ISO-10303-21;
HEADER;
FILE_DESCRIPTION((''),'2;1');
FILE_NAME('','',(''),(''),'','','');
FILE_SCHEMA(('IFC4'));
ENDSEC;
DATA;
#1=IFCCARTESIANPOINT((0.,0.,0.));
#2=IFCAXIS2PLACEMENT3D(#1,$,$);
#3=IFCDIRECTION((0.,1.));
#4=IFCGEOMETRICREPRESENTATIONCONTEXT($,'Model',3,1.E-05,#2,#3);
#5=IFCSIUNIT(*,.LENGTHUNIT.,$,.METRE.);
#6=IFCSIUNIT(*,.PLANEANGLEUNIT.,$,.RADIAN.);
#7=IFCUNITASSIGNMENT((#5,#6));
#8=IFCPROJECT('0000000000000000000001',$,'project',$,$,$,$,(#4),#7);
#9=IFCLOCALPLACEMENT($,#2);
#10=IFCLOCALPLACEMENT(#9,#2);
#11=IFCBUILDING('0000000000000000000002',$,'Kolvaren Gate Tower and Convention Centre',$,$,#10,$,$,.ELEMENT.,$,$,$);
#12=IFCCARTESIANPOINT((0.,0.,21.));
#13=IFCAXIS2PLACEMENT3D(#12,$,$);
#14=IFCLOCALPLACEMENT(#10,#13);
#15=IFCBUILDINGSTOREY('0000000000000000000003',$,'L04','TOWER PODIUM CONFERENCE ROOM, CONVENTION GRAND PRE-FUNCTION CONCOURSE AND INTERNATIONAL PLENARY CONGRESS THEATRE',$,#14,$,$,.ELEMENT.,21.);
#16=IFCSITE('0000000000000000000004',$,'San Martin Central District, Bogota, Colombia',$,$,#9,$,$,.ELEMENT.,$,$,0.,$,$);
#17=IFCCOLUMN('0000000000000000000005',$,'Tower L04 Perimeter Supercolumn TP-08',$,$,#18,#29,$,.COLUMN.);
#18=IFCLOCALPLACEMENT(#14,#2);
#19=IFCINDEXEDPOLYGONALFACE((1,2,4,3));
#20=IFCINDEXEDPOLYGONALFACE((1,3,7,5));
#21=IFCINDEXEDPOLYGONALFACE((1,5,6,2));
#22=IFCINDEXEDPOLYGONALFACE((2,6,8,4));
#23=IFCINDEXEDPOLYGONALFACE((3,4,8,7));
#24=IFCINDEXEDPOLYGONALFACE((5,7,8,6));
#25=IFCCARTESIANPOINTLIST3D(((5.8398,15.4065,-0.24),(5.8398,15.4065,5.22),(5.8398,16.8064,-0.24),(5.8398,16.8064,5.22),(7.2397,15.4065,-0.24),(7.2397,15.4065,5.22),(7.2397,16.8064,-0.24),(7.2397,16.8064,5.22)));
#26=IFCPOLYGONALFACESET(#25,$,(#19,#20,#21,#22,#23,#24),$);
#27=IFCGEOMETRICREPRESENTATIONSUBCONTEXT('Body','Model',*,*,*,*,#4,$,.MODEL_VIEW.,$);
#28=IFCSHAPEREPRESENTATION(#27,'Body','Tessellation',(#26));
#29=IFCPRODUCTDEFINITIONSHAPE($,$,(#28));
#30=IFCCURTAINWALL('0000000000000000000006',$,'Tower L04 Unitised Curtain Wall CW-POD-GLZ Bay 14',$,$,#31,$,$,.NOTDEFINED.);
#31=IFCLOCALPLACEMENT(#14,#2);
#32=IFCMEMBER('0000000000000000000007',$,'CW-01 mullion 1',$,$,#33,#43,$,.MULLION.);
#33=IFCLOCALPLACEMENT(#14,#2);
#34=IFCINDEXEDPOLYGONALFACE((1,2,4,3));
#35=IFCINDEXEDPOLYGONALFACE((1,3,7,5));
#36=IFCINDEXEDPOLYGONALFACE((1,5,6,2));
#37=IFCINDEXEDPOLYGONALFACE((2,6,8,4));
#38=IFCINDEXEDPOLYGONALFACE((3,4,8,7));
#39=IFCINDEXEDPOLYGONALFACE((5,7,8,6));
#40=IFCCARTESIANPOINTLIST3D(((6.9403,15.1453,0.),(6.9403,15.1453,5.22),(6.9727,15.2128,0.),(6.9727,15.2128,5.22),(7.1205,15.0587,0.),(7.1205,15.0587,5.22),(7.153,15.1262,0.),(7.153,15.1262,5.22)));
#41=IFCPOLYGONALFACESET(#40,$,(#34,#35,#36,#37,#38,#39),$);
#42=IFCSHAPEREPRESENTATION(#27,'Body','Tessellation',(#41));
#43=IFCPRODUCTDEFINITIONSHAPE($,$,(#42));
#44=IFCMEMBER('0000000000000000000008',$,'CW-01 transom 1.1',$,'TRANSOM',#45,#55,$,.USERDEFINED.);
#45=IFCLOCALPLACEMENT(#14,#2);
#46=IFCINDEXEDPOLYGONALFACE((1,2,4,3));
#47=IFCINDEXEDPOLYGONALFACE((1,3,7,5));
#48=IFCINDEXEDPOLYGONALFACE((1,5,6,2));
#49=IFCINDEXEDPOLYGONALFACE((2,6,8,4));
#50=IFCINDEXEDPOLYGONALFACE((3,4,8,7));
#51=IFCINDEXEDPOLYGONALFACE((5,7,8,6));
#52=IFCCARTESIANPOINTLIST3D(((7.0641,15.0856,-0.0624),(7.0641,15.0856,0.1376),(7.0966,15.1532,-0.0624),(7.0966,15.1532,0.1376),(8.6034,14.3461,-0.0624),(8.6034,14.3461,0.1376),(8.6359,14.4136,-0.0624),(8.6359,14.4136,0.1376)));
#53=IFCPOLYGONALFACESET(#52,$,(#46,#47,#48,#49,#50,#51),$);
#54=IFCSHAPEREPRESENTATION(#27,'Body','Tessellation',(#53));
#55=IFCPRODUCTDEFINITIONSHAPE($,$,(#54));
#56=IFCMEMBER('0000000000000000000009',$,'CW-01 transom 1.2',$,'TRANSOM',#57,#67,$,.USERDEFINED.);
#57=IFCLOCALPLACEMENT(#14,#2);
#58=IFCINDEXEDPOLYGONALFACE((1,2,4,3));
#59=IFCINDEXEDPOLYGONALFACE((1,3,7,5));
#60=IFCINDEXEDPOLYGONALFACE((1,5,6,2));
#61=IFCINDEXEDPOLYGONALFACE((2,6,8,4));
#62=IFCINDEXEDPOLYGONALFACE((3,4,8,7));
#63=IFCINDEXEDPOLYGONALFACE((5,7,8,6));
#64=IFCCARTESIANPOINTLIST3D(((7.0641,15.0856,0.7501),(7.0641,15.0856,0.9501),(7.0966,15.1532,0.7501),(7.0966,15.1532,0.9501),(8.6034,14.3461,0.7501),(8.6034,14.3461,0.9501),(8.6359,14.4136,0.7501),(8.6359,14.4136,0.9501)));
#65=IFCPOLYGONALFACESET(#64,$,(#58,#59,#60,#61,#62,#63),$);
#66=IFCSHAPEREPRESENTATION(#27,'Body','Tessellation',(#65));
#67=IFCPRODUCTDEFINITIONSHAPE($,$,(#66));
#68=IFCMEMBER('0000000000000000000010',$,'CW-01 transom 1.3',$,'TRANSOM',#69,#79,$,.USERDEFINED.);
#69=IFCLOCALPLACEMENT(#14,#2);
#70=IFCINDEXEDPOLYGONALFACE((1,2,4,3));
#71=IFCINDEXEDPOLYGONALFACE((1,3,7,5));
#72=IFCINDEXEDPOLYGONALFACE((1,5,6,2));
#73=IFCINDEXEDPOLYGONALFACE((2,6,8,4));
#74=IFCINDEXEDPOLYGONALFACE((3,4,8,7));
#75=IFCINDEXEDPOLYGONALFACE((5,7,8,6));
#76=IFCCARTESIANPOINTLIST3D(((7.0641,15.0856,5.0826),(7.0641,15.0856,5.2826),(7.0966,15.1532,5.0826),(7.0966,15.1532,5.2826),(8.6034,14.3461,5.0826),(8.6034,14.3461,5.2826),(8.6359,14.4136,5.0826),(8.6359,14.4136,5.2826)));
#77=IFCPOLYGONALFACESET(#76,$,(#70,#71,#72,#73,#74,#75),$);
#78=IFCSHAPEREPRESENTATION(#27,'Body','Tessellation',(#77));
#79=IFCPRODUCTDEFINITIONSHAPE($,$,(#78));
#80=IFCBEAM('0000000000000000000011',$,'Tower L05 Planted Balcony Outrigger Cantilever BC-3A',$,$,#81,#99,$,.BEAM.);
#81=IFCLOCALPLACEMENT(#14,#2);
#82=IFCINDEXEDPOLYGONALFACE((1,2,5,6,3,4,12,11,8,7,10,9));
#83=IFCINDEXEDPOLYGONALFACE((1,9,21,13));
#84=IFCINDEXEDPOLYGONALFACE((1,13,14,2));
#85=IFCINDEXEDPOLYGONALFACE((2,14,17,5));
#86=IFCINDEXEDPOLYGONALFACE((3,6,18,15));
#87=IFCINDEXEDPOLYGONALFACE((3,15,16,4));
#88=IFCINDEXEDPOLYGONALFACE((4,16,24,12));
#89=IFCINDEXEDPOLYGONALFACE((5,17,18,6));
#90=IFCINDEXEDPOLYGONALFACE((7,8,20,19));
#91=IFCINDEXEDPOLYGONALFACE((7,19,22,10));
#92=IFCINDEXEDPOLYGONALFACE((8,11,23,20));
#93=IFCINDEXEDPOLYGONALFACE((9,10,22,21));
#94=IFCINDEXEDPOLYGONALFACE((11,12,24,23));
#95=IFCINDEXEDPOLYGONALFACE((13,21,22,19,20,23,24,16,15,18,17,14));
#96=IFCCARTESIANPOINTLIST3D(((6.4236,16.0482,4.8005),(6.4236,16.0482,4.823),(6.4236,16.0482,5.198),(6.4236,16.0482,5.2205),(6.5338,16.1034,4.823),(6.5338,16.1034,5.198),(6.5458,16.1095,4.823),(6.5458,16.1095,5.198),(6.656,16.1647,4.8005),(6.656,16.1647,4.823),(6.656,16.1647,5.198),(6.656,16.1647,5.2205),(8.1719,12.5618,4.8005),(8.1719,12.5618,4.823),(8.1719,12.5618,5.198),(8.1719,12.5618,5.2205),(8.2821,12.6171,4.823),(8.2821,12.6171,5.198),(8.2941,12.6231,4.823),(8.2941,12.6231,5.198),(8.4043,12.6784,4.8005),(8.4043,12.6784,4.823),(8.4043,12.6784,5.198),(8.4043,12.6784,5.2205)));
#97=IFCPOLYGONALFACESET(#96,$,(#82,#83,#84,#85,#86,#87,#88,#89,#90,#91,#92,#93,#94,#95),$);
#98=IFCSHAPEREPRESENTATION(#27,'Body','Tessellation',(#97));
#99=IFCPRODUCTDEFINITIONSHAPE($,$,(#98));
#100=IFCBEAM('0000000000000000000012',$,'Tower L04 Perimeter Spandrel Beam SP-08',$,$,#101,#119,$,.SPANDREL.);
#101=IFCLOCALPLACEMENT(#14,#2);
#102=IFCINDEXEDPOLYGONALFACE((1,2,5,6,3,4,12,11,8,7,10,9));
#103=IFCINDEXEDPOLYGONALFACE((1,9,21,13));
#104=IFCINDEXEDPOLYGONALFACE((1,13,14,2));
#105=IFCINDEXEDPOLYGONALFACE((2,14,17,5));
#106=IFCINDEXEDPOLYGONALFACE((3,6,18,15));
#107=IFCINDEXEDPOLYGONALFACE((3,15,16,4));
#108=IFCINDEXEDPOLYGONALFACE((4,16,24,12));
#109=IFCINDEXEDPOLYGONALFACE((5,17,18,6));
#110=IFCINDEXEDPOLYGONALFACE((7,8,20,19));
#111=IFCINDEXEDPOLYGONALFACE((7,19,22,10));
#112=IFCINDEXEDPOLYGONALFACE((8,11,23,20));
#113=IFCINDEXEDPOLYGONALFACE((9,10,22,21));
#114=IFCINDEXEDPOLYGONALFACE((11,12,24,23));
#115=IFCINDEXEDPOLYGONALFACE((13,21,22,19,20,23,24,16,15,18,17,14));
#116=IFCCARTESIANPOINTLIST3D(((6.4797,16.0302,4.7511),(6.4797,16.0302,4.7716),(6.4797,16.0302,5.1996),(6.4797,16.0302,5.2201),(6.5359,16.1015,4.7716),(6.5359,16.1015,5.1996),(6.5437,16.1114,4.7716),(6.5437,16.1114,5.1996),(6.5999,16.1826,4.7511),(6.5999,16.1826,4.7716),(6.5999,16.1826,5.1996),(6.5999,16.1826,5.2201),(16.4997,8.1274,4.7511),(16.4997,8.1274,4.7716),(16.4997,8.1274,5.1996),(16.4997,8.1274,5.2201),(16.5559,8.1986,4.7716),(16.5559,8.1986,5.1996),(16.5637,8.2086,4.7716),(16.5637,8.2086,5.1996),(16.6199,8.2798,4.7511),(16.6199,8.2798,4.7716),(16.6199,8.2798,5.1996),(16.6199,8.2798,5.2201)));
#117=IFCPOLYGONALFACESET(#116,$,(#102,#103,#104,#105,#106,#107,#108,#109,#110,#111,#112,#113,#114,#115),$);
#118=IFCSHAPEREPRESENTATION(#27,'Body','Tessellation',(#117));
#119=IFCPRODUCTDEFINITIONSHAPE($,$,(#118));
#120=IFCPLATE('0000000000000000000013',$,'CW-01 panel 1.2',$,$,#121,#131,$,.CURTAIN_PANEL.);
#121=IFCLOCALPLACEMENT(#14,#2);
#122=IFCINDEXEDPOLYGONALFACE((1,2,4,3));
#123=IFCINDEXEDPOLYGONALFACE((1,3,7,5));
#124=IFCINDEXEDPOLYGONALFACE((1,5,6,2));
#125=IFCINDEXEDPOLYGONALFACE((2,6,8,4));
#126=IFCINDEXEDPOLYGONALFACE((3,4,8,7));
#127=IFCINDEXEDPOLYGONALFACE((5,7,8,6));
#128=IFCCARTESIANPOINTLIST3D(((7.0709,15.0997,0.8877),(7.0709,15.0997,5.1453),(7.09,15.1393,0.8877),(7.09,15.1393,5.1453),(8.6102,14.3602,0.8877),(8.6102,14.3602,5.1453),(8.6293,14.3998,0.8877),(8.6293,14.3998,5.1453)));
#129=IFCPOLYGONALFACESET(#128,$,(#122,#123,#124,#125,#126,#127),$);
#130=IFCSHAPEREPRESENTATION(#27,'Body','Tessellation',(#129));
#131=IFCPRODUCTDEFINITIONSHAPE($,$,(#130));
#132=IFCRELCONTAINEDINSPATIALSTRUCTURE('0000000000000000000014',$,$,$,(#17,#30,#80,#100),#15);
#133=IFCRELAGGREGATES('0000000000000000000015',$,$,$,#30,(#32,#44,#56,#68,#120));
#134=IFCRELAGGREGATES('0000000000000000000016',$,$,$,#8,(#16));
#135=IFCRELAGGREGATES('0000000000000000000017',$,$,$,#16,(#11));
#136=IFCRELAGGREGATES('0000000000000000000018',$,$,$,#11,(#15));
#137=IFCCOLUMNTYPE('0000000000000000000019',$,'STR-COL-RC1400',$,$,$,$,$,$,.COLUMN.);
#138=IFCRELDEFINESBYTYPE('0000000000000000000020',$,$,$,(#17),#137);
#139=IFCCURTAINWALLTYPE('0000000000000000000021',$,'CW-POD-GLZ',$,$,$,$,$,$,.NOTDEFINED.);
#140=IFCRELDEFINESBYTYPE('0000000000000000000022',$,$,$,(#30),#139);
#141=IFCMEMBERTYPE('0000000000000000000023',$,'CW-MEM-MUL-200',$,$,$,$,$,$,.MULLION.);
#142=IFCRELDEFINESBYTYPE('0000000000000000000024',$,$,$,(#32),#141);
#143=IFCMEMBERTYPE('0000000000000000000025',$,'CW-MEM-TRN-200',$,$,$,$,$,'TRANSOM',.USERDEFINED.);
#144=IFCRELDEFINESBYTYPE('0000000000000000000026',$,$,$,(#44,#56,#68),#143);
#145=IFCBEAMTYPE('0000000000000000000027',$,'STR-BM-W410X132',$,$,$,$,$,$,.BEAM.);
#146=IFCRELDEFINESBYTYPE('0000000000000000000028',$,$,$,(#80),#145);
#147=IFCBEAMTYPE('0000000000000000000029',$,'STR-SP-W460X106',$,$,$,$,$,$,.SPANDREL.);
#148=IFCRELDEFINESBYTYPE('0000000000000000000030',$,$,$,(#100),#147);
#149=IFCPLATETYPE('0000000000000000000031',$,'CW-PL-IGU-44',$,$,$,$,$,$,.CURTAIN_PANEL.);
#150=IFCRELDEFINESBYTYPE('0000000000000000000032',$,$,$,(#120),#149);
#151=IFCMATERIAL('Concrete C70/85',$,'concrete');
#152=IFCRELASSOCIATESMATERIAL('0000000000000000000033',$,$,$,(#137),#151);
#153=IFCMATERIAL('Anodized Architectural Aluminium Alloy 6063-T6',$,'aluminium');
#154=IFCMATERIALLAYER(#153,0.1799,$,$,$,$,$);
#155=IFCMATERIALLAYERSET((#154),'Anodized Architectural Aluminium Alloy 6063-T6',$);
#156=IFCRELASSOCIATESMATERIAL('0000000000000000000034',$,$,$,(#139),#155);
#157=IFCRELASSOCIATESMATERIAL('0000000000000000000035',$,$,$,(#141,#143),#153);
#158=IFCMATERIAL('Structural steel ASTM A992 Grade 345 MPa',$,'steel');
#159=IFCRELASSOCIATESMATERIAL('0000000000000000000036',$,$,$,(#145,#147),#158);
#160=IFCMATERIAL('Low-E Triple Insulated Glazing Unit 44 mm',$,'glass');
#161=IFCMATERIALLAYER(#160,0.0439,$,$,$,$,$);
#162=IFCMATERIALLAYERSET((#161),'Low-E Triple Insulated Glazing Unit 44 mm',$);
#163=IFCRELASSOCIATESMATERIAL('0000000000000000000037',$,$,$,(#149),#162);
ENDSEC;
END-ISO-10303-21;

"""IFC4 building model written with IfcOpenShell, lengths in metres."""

from ifc_helpers import new_model, si_unit, direction, frame, origin, origin_2d, place, context, subcontext, project, spatial, rectangle, i_section, extrude, material, layer, layer_set, material_profile, profile_set, type_object, element, aggregate, save


model = new_model("IFC4")

# Units and contexts
model_context = context("Model", 3, precision=1e-05, world=origin(), true_north=direction((0.0, 1.0)))
body_context = subcontext(model_context, "Body", "Model", "MODEL_VIEW")
ifc_project = project(units=[si_unit("LENGTHUNIT", "METRE"), si_unit("PLANEANGLEUNIT", "RADIAN")], contexts=[model_context])

# Site, building, storey
site_placement = place(None, origin())
site = spatial("IfcSite", under=ifc_project, at=site_placement, Name="San Martin Central District, Bogota, Colombia", CompositionType="ELEMENT", RefElevation=0.0)
building_placement = place(site_placement, origin())
building = spatial("IfcBuilding", under=site, at=building_placement, Name="Kolvaren Gate Tower and Convention Centre", CompositionType="ELEMENT")
storey_placement = place(building_placement, frame((0.0, 0.0, 21.0)))
storey = spatial("IfcBuildingStorey", under=building, at=storey_placement, Name="L04", Description="TOWER PODIUM CONFERENCE ROOM, CONVENTION GRAND PRE-FUNCTION CONCOURSE AND INTERNATIONAL PLENARY CONGRESS THEATRE", CompositionType="ELEMENT", Elevation=21.0)

# Column
ifc_material_1 = material(Name="Concrete C70/85", Category="concrete")
ifc_material_profile_1 = material_profile(ifc_material_1, rectangle(XDim=1.3999, YDim=1.3999, at=origin_2d()), Name="RC-COL-1400X1400")
ifc_profile_set_1 = profile_set([ifc_material_profile_1], Name="Concrete C70/85")
column_type = type_object("IfcColumnType", Name="STR-COL-RC1400", PredefinedType="COLUMN", material=ifc_profile_set_1)
column_placement = place(storey_placement, frame((6.5398, 16.1064, -0.24), z_axis=(0.0, 0.0, 1.0), x_axis=(1.0, 0.0, 0.0)))
element("IfcColumn", 1, at=column_placement, inside=storey, type_object=column_type, Name="Tower L04 Perimeter Supercolumn TP-08", PredefinedType="COLUMN", context=body_context, shape_type="SweptSolid", body=[
    extrude(rectangle(XDim=1.3999, YDim=1.3999, at=origin_2d()), origin(), (0.0, 0.0, 1.0), 5.46),
])

# Curtain wall, members
ifc_material_2 = material(Name="Anodized Architectural Aluminium Alloy 6063-T6", Category="aluminium")
ifc_layer_1 = layer(ifc_material_2, 0.1799)
ifc_layer_set_1 = layer_set([ifc_layer_1], Name="Anodized Architectural Aluminium Alloy 6063-T6")
curtain_wall_type = type_object("IfcCurtainWallType", Name="CW-POD-GLZ", PredefinedType="NOTDEFINED", material=ifc_layer_set_1)
curtain_wall_placement = place(storey_placement, origin())
curtain_wall = element("IfcCurtainWall", 2, at=curtain_wall_placement, inside=storey, type_object=curtain_wall_type, Name="Tower L04 Unitised Curtain Wall CW-POD-GLZ Bay 14", PredefinedType="NOTDEFINED")
ifc_material_profile_2 = material_profile(ifc_material_2, rectangle(XDim=0.075, YDim=0.2, at=origin_2d()), Name="CW-MEM-MUL-200")
ifc_profile_set_2 = profile_set([ifc_material_profile_2], Name="Anodized Architectural Aluminium Alloy 6063-T6")
member_type_1 = type_object("IfcMemberType", Name="CW-MEM-MUL-200", PredefinedType="MULLION", material=ifc_profile_set_2)
member_1_placement = place(storey_placement, frame((7.0466, 15.1357, 0.0), z_axis=(0.0, 0.0, 1.0), x_axis=(0.433057, 0.901367, 0.0)))
member_1 = element("IfcMember", 3, at=member_1_placement, type_object=member_type_1, Name="CW-01 mullion 1", PredefinedType="MULLION", context=body_context, shape_type="SweptSolid", body=[
    extrude(rectangle(XDim=0.075, YDim=0.2, at=origin_2d()), origin(), (0.0, 0.0, 1.0), 5.22),
])
ifc_material_profile_3 = material_profile(ifc_material_2, rectangle(XDim=0.075, YDim=0.2, at=origin_2d()), Name="CW-MEM-TRN-200")
ifc_profile_set_3 = profile_set([ifc_material_profile_3], Name="Anodized Architectural Aluminium Alloy 6063-T6")
member_type_2 = type_object("IfcMemberType", Name="CW-MEM-TRN-200", ElementType="TRANSOM", PredefinedType="USERDEFINED", material=ifc_profile_set_3)
member_2_placement = place(storey_placement, frame((7.0803, 15.1194, 0.0376), z_axis=(0.901378, -0.433033, 0.0), x_axis=(0.433033, 0.901378, 0.0)))
member_2 = element("IfcMember", 4, at=member_2_placement, type_object=member_type_2, Name="CW-01 transom 1.1", ObjectType="TRANSOM", PredefinedType="USERDEFINED", context=body_context, shape_type="SweptSolid", body=[
    extrude(rectangle(XDim=0.075, YDim=0.2, at=origin_2d()), origin(), (0.0, 0.0, 1.0), 1.7078),
])
member_3_placement = place(storey_placement, frame((7.0803, 15.1194, 0.8501), z_axis=(0.901378, -0.433033, 0.0), x_axis=(0.433033, 0.901378, 0.0)))
member_3 = element("IfcMember", 5, at=member_3_placement, type_object=member_type_2, Name="CW-01 transom 1.2", ObjectType="TRANSOM", PredefinedType="USERDEFINED", context=body_context, shape_type="SweptSolid", body=[
    extrude(rectangle(XDim=0.075, YDim=0.2, at=origin_2d()), origin(), (0.0, 0.0, 1.0), 1.7078),
])
member_4_placement = place(storey_placement, frame((7.0803, 15.1194, 5.1826), z_axis=(0.901378, -0.433033, 0.0), x_axis=(0.433033, 0.901378, 0.0)))
member_4 = element("IfcMember", 6, at=member_4_placement, type_object=member_type_2, Name="CW-01 transom 1.3", ObjectType="TRANSOM", PredefinedType="USERDEFINED", context=body_context, shape_type="SweptSolid", body=[
    extrude(rectangle(XDim=0.075, YDim=0.2, at=origin_2d()), origin(), (0.0, 0.0, 1.0), 1.7078),
])

# Beams
ifc_material_3 = material(Name="Structural steel ASTM A992 Grade 345 MPa", Category="steel")
ifc_material_profile_4 = material_profile(ifc_material_3, i_section(OverallWidth=0.26, OverallDepth=0.4199, WebThickness=0.0134, FlangeThickness=0.0225, at=origin_2d()), Name="W410X132")
ifc_profile_set_4 = profile_set([ifc_material_profile_4], Name="Structural steel ASTM A992 Grade 345 MPa")
beam_type_1 = type_object("IfcBeamType", Name="STR-BM-W410X132", PredefinedType="BEAM", material=ifc_profile_set_4)
beam_1_placement = place(storey_placement, frame((6.5398, 16.1064, 5.0105), z_axis=(0.448265, -0.893901, 0.0), x_axis=(0.893901, 0.448265, 0.0)))
element("IfcBeam", 7, at=beam_1_placement, inside=storey, type_object=beam_type_1, Name="Tower L05 Planted Balcony Outrigger Cantilever BC-3A", PredefinedType="BEAM", context=body_context, shape_type="SweptSolid", body=[
    extrude(i_section(OverallWidth=0.26, OverallDepth=0.4199, WebThickness=0.0134, FlangeThickness=0.0225, at=origin_2d()), origin(), (0.0, 0.0, 1.0), 3.9001),
])
ifc_material_profile_5 = material_profile(ifc_material_3, i_section(OverallWidth=0.1941, OverallDepth=0.469, WebThickness=0.0127, FlangeThickness=0.0205, at=origin_2d()), Name="W460X106")
ifc_profile_set_5 = profile_set([ifc_material_profile_5], Name="Structural steel ASTM A992 Grade 345 MPa")
beam_type_2 = type_object("IfcBeamType", Name="STR-SP-W460X106", PredefinedType="SPANDREL", material=ifc_profile_set_5)
beam_2_placement = place(storey_placement, frame((6.5398, 16.1064, 4.9856), z_axis=(0.785176, -0.619272, 0.0), x_axis=(0.619272, 0.785176, 0.0)))
element("IfcBeam", 8, at=beam_2_placement, inside=storey, type_object=beam_type_2, Name="Tower L04 Perimeter Spandrel Beam SP-08", PredefinedType="SPANDREL", context=body_context, shape_type="SweptSolid", body=[
    extrude(i_section(OverallWidth=0.1941, OverallDepth=0.469, WebThickness=0.0127, FlangeThickness=0.0205, at=origin_2d()), origin(), (0.0, 0.0, 1.0), 12.7615),
])

# Plate
ifc_material_4 = material(Name="Low-E Triple Insulated Glazing Unit 44 mm", Category="glass")
ifc_layer_2 = layer(ifc_material_4, 0.0439)
ifc_layer_set_2 = layer_set([ifc_layer_2], Name="Low-E Triple Insulated Glazing Unit 44 mm")
plate_type = type_object("IfcPlateType", Name="CW-PL-IGU-44", PredefinedType="CURTAIN_PANEL", material=ifc_layer_set_2)
plate_placement = place(storey_placement, frame((7.8501, 14.7498, 0.8877), z_axis=(0.0, 0.0, 1.0), x_axis=(0.901367, -0.433057, 0.0)))
plate = element("IfcPlate", 9, at=plate_placement, type_object=plate_type, Name="CW-01 panel 1.2", PredefinedType="CURTAIN_PANEL", context=body_context, shape_type="SweptSolid", body=[
    extrude(rectangle(XDim=1.7078, YDim=0.0439, at=origin_2d()), origin(), (0.0, 0.0, 1.0), 4.2576),
])
aggregate(curtain_wall, [member_1, member_2, member_3, member_4, plate])

save(model, "model.ifc")
